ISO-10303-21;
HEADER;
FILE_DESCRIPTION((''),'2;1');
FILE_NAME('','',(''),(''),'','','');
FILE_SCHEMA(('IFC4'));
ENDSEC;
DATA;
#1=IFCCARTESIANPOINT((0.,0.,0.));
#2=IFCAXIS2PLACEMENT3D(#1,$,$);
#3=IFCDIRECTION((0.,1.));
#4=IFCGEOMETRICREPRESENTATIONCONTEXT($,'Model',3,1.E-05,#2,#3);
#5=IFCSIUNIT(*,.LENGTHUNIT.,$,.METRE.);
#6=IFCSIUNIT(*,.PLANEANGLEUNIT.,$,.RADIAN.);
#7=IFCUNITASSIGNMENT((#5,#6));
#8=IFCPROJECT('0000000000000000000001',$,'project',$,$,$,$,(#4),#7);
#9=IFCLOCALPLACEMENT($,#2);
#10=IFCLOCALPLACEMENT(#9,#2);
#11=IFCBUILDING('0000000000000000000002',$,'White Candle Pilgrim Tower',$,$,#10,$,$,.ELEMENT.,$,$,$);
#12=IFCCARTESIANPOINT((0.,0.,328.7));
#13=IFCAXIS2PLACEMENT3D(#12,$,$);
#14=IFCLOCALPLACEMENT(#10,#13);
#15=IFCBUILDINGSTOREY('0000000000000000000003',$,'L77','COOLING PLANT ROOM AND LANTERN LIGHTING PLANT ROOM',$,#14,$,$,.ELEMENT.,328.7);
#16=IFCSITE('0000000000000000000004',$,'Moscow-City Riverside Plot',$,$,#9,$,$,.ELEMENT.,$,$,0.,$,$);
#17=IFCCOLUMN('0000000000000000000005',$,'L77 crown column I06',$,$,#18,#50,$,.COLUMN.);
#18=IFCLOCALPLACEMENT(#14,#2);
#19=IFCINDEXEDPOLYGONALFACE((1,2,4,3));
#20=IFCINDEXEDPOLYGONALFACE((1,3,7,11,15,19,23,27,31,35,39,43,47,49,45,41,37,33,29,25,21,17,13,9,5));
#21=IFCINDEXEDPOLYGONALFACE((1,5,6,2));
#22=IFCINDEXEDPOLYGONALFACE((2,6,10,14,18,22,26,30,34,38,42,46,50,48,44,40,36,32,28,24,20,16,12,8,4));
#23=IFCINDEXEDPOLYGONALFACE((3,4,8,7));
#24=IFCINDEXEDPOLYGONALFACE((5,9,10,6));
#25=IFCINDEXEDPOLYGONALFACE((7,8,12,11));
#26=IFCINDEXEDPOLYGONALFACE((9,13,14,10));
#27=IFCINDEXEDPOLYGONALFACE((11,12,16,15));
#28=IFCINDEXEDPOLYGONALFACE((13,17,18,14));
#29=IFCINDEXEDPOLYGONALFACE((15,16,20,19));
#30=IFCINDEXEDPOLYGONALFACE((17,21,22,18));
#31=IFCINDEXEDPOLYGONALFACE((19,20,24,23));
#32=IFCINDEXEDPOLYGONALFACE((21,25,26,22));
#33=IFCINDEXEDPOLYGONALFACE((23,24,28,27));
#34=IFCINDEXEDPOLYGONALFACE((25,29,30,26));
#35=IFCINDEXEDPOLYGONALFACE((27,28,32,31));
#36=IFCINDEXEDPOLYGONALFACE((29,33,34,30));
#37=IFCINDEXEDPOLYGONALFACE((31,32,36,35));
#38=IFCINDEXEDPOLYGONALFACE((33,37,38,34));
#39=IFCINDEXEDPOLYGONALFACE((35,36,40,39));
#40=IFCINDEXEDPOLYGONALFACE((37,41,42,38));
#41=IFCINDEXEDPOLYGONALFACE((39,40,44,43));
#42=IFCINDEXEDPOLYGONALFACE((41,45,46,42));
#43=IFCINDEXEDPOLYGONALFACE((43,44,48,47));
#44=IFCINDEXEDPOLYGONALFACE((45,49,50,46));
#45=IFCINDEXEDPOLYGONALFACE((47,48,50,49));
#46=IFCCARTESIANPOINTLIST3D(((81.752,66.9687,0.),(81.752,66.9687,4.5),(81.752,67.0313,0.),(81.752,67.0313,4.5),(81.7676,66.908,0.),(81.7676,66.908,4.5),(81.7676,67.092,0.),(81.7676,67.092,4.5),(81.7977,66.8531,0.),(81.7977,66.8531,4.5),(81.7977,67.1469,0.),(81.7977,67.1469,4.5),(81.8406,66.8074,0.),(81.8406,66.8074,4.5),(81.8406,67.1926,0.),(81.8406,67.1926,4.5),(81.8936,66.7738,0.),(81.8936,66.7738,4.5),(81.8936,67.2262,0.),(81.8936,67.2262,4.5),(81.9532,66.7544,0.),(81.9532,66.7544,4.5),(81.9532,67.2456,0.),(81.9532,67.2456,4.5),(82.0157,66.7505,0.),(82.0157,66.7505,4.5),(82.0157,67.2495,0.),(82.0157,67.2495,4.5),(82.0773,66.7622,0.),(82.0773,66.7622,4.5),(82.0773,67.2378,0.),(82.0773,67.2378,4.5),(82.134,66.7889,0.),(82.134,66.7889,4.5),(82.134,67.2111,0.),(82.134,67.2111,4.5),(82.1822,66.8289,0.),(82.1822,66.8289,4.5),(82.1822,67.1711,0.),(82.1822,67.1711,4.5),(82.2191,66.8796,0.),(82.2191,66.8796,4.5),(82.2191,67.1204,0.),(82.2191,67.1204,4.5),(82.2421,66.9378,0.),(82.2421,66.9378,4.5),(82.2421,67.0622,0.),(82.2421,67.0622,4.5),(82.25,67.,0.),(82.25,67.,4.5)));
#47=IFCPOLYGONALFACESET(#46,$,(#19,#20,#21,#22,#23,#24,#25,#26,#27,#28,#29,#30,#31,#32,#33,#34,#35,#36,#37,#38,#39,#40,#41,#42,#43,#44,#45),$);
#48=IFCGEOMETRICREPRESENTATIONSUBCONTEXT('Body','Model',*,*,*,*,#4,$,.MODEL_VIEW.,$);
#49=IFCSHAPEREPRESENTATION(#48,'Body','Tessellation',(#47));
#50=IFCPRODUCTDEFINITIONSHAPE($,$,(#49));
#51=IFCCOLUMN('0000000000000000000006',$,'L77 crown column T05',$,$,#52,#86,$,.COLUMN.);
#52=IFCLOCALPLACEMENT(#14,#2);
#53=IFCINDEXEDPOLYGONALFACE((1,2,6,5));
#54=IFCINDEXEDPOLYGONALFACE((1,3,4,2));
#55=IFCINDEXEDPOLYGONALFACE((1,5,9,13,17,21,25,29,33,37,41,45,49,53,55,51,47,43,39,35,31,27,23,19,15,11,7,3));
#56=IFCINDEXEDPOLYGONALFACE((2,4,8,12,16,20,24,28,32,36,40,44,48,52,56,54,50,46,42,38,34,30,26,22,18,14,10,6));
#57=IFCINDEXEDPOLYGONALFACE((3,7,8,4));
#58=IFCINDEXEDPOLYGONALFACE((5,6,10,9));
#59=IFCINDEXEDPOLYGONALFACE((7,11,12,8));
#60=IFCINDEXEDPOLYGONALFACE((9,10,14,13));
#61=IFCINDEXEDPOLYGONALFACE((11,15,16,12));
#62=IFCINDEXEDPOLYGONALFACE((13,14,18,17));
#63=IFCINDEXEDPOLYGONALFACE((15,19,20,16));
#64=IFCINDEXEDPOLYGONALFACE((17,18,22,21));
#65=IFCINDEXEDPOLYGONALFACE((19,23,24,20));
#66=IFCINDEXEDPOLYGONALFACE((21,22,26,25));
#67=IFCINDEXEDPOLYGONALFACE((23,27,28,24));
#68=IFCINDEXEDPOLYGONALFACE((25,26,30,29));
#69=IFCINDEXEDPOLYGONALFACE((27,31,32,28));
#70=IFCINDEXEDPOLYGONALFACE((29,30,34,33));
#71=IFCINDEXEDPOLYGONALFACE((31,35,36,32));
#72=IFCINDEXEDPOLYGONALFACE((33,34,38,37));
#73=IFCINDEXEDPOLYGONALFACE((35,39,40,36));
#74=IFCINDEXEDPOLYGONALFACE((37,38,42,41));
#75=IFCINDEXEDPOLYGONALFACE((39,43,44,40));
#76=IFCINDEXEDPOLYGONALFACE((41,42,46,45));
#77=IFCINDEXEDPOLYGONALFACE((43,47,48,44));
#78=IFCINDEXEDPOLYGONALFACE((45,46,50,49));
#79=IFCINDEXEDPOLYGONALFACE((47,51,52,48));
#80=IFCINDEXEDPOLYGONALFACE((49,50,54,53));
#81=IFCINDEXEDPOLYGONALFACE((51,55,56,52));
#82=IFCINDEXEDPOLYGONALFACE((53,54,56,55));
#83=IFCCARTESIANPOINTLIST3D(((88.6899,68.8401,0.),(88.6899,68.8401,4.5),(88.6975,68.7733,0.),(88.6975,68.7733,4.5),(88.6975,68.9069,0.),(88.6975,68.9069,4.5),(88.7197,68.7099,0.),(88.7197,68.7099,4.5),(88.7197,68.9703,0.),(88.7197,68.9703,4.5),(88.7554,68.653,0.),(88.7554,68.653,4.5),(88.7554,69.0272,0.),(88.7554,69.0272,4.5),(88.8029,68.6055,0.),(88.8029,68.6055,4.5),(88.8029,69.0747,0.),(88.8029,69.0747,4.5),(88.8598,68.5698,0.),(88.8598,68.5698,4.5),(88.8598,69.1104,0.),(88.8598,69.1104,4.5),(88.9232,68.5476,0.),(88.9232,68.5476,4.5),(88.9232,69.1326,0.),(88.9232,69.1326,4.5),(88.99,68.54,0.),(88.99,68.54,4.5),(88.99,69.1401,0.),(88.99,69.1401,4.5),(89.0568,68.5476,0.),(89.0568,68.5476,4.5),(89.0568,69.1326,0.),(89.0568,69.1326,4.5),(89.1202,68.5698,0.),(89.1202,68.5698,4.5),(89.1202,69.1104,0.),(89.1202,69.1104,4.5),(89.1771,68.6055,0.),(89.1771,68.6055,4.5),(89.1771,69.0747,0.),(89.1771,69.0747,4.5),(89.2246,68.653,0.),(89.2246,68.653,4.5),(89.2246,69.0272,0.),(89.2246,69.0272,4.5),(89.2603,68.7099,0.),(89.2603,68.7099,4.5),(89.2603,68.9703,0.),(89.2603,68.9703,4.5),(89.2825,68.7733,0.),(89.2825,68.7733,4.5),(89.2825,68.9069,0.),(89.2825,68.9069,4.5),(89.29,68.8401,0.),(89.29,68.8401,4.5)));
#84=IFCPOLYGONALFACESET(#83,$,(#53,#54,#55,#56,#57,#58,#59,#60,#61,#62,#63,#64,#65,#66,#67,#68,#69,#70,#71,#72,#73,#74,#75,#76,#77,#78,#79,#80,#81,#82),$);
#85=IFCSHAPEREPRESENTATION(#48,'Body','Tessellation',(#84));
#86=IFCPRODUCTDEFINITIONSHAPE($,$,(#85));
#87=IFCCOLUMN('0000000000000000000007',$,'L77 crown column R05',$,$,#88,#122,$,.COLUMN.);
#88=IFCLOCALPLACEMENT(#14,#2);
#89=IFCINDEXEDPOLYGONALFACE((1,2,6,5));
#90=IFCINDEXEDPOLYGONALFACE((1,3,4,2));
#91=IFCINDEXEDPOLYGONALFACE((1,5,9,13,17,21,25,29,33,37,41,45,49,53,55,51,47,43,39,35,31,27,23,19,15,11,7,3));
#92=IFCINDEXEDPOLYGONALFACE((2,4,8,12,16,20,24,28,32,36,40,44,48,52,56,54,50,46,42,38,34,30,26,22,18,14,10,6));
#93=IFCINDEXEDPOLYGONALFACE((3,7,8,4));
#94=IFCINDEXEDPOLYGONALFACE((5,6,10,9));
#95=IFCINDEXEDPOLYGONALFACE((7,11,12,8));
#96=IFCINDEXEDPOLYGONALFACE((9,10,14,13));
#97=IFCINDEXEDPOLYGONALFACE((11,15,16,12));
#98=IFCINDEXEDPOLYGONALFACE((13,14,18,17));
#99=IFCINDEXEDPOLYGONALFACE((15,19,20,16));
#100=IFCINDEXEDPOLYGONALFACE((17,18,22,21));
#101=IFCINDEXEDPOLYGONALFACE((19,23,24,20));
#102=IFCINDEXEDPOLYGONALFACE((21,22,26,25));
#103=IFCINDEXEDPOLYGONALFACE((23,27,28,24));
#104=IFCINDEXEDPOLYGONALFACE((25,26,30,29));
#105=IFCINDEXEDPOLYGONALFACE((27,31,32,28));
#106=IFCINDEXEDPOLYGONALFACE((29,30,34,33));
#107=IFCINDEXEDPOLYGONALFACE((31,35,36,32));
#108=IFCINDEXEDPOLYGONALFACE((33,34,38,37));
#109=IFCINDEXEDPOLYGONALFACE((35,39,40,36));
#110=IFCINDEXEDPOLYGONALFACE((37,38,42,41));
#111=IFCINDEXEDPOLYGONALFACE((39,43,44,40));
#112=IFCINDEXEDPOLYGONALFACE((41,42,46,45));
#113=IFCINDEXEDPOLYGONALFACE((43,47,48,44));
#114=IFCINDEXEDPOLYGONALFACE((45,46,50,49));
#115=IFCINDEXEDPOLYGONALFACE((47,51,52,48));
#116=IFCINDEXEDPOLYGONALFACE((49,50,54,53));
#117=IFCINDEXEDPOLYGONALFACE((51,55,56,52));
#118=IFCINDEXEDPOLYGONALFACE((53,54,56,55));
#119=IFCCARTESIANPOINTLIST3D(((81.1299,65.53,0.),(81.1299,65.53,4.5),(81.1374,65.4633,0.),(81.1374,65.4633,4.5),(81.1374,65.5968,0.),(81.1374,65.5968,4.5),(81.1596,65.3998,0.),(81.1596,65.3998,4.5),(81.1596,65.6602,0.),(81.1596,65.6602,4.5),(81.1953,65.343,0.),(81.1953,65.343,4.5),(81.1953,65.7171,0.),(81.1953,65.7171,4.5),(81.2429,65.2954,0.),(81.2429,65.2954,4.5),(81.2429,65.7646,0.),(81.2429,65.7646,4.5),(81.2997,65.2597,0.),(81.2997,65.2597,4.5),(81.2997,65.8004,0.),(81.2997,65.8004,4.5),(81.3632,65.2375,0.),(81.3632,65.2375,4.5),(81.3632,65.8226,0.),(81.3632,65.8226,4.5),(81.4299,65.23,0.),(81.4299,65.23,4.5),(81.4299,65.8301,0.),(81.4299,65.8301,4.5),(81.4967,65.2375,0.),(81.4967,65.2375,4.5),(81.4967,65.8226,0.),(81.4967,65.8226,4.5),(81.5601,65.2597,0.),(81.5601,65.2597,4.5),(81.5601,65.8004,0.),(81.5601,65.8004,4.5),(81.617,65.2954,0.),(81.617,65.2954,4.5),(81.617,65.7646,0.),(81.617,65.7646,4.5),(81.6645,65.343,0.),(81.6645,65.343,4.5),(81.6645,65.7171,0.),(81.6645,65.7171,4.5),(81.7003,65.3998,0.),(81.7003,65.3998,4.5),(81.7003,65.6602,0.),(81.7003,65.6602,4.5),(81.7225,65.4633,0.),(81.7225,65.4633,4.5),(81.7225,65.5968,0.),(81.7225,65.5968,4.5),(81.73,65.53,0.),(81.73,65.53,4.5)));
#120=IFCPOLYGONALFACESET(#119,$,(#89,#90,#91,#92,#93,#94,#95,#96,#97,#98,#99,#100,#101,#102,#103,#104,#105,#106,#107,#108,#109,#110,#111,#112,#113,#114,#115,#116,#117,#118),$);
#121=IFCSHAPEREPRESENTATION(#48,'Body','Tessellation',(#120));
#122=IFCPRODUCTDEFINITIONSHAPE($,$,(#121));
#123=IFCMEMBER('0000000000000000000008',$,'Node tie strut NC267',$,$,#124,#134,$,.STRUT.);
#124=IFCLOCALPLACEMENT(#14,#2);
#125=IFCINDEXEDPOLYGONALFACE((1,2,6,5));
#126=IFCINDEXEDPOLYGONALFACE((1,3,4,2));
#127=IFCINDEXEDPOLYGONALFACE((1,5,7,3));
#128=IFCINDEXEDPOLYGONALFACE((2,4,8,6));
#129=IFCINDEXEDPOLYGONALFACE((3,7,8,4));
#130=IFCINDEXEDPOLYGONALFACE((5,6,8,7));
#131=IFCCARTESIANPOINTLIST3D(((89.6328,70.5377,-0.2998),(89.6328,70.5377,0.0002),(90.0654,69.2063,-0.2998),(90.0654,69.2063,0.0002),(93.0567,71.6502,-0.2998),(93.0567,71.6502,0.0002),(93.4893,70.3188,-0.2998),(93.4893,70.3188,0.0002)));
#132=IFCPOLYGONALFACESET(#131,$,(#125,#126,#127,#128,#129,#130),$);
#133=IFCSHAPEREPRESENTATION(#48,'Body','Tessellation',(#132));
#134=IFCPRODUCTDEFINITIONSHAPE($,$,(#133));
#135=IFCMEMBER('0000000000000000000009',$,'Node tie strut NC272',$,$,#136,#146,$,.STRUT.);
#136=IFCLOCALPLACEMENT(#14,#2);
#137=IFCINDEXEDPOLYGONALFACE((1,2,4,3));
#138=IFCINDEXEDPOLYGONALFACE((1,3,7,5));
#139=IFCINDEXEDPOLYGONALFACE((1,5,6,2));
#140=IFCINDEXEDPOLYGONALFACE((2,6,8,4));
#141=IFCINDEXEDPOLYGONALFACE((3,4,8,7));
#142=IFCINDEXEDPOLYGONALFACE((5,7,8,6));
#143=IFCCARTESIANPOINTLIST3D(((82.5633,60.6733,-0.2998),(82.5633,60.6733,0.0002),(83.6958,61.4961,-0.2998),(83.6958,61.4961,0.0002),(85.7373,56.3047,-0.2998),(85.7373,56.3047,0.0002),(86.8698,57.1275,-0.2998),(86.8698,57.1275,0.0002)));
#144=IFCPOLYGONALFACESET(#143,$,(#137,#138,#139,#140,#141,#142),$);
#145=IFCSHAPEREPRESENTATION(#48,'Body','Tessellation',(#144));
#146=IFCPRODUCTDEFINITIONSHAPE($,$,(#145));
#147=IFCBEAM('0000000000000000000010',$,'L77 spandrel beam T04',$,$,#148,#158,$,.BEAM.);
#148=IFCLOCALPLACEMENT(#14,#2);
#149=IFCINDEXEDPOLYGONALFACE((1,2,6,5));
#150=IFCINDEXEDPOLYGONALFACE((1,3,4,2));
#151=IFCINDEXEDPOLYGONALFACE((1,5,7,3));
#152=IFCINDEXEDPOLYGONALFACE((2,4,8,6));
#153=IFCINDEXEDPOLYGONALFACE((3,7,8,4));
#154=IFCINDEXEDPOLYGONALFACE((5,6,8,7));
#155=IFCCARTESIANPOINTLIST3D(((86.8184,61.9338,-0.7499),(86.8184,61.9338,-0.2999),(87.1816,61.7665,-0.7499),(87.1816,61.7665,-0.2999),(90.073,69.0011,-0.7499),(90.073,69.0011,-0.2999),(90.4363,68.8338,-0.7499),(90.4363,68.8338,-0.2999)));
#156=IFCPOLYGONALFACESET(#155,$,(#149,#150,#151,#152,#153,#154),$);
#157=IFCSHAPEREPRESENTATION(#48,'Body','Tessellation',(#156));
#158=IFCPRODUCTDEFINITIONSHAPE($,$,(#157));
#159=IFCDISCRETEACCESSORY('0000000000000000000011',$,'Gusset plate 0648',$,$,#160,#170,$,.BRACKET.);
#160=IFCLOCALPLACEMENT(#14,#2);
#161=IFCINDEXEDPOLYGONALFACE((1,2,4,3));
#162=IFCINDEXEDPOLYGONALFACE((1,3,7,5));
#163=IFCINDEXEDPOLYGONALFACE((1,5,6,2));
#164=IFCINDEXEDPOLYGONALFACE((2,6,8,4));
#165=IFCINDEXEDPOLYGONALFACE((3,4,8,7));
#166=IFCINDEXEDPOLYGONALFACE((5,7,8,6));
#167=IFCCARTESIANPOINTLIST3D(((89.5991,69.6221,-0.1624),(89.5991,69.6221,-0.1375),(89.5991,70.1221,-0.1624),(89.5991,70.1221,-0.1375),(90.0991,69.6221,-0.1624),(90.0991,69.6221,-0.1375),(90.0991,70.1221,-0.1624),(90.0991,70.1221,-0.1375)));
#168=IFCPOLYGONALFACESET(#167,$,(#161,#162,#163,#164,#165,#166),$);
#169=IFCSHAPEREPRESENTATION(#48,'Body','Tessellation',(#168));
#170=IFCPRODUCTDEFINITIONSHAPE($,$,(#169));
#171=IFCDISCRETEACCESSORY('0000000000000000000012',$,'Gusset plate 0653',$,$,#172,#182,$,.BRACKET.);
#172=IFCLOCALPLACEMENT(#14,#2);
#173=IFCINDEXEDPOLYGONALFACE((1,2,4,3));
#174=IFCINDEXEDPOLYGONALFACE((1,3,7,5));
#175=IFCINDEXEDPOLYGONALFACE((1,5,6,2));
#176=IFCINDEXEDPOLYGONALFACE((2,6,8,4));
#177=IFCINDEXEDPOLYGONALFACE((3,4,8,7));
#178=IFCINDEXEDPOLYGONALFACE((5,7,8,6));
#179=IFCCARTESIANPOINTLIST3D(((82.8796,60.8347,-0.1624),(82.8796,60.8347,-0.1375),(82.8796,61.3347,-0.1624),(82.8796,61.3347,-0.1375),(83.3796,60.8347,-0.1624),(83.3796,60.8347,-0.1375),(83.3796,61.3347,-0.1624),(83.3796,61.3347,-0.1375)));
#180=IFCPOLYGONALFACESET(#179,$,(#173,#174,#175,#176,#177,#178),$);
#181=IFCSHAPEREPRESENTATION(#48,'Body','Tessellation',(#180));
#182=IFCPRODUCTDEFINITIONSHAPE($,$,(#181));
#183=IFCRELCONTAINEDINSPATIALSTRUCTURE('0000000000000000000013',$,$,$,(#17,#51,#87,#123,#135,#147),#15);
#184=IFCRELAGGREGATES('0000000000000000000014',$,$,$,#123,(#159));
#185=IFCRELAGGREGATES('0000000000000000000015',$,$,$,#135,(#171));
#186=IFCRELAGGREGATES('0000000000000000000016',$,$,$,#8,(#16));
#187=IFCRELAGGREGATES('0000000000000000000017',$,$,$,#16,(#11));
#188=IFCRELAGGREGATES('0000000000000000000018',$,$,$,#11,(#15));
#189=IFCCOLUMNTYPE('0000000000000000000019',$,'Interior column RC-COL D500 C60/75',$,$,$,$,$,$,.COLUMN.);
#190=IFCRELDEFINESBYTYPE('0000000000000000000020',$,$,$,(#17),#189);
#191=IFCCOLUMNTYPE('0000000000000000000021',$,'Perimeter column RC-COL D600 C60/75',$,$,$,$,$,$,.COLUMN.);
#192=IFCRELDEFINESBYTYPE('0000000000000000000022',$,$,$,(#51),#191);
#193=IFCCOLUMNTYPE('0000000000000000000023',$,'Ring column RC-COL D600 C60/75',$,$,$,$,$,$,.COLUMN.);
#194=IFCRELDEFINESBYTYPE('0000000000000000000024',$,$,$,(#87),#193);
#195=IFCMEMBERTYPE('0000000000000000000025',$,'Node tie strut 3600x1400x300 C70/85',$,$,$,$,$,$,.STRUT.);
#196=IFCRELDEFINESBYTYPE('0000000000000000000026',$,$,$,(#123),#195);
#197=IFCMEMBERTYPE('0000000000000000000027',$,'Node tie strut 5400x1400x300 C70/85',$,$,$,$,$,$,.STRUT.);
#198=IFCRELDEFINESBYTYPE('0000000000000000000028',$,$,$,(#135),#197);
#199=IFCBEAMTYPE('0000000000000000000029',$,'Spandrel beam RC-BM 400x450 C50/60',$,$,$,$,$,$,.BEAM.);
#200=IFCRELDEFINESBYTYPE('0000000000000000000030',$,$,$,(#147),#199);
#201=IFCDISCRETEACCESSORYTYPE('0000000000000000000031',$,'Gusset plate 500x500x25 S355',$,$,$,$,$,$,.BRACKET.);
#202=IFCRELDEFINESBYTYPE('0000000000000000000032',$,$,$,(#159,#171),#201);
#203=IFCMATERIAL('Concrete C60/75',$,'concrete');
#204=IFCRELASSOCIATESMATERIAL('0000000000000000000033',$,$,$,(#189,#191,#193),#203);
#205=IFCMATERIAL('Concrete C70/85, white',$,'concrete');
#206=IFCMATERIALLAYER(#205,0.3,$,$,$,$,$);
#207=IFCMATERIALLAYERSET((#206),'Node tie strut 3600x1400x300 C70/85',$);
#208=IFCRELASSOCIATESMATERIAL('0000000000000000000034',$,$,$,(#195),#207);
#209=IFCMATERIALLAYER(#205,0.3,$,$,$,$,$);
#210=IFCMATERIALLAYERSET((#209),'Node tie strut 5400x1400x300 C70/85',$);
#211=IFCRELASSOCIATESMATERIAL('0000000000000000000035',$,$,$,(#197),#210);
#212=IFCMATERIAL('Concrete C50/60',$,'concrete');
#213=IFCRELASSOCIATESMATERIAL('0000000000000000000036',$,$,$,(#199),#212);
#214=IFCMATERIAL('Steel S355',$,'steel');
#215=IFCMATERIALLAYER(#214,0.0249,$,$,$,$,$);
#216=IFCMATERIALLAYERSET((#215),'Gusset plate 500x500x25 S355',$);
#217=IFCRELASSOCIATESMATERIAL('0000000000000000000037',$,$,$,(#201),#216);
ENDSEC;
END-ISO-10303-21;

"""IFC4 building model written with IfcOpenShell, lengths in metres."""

from ifc_helpers import new_model, si_unit, direction, frame, origin, origin_2d, place, context, subcontext, project, spatial, rectangle, circle, extrude, material, layer, layer_set, material_profile, profile_set, type_object, element, aggregate, save


model = new_model("IFC4")

# Units and contexts
model_context = context("Model", 3, precision=1e-05, world=origin(), true_north=direction((0.0, 1.0)))
body_context = subcontext(model_context, "Body", "Model", "MODEL_VIEW")
ifc_project = project(units=[si_unit("LENGTHUNIT", "METRE"), si_unit("PLANEANGLEUNIT", "RADIAN")], contexts=[model_context])

# Site, building, storey
site_placement = place(None, origin())
site = spatial("IfcSite", under=ifc_project, at=site_placement, Name="Moscow-City Riverside Plot", CompositionType="ELEMENT", RefElevation=0.0)
building_placement = place(site_placement, origin())
building = spatial("IfcBuilding", under=site, at=building_placement, Name="White Candle Pilgrim Tower", CompositionType="ELEMENT")
storey_placement = place(building_placement, frame((0.0, 0.0, 328.7)))
storey = spatial("IfcBuildingStorey", under=building, at=storey_placement, Name="L77", Description="COOLING PLANT ROOM AND LANTERN LIGHTING PLANT ROOM", CompositionType="ELEMENT", Elevation=328.7)

# Columns
ifc_material_1 = material(Name="Concrete C60/75", Category="concrete")
ifc_material_profile_1 = material_profile(ifc_material_1, circle(Radius=0.25, at=origin_2d()), Name="RC-COL D500")
ifc_profile_set_1 = profile_set([ifc_material_profile_1], Name="Concrete C60/75")
column_type_1 = type_object("IfcColumnType", Name="Interior column RC-COL D500 C60/75", PredefinedType="COLUMN", material=ifc_profile_set_1)
column_1_placement = place(storey_placement, frame((82.0, 67.0, 0.0), z_axis=(0.0, 0.0, 1.0), x_axis=(1.0, 0.0, 0.0)))
element("IfcColumn", 1, at=column_1_placement, inside=storey, type_object=column_type_1, Name="L77 crown column I06", PredefinedType="COLUMN", context=body_context, shape_type="SweptSolid", body=[
    extrude(circle(Radius=0.25, at=origin_2d()), origin(), (0.0, 0.0, 1.0), 4.5),
])
ifc_material_profile_2 = material_profile(ifc_material_1, circle(Radius=0.3, at=origin_2d()), Name="RC-COL D600")
ifc_profile_set_2 = profile_set([ifc_material_profile_2], Name="Concrete C60/75")
column_type_2 = type_object("IfcColumnType", Name="Perimeter column RC-COL D600 C60/75", PredefinedType="COLUMN", material=ifc_profile_set_2)
column_2_placement = place(storey_placement, frame((88.99, 68.8401, 0.0), z_axis=(0.0, 0.0, 1.0), x_axis=(1.0, 0.0, 0.0)))
element("IfcColumn", 2, at=column_2_placement, inside=storey, type_object=column_type_2, Name="L77 crown column T05", PredefinedType="COLUMN", context=body_context, shape_type="SweptSolid", body=[
    extrude(circle(Radius=0.3, at=origin_2d()), origin(), (0.0, 0.0, 1.0), 4.5),
])
ifc_material_profile_3 = material_profile(ifc_material_1, circle(Radius=0.3, at=origin_2d()), Name="RC-COL D600")
ifc_profile_set_3 = profile_set([ifc_material_profile_3], Name="Concrete C60/75")
column_type_3 = type_object("IfcColumnType", Name="Ring column RC-COL D600 C60/75", PredefinedType="COLUMN", material=ifc_profile_set_3)
column_3_placement = place(storey_placement, frame((81.4299, 65.53, 0.0), z_axis=(0.0, 0.0, 1.0), x_axis=(1.0, 0.0, 0.0)))
element("IfcColumn", 3, at=column_3_placement, inside=storey, type_object=column_type_3, Name="L77 crown column R05", PredefinedType="COLUMN", context=body_context, shape_type="SweptSolid", body=[
    extrude(circle(Radius=0.3, at=origin_2d()), origin(), (0.0, 0.0, 1.0), 4.5),
])

# Members
ifc_material_2 = material(Name="Concrete C70/85, white", Category="concrete")
ifc_layer_1 = layer(ifc_material_2, 0.3)
ifc_layer_set_1 = layer_set([ifc_layer_1], Name="Node tie strut 3600x1400x300 C70/85")
member_type_1 = type_object("IfcMemberType", Name="Node tie strut 3600x1400x300 C70/85", PredefinedType="STRUT", material=ifc_layer_set_1)
member_1_placement = place(storey_placement, frame((91.561, 70.4282, -0.2998), z_axis=(0.0, 0.0, 1.0), x_axis=(-0.309017, 0.951057, 0.0)))
member_1 = element("IfcMember", 4, at=member_1_placement, inside=storey, type_object=member_type_1, Name="Node tie strut NC267", PredefinedType="STRUT", context=body_context, shape_type="SweptSolid", body=[
    extrude(rectangle(XDim=1.3999, YDim=3.6001, at=origin_2d()), origin(), (0.0, 0.0, 1.0), 0.3),
])
ifc_layer_2 = layer(ifc_material_2, 0.3)
ifc_layer_set_2 = layer_set([ifc_layer_2], Name="Node tie strut 5400x1400x300 C70/85")
member_type_2 = type_object("IfcMemberType", Name="Node tie strut 5400x1400x300 C70/85", PredefinedType="STRUT", material=ifc_layer_set_2)
member_2_placement = place(storey_placement, frame((84.7166, 58.9004, -0.2998), z_axis=(0.0, 0.0, 1.0), x_axis=(0.809017, 0.587785, 0.0)))
member_2 = element("IfcMember", 5, at=member_2_placement, inside=storey, type_object=member_type_2, Name="Node tie strut NC272", PredefinedType="STRUT", context=body_context, shape_type="SweptSolid", body=[
    extrude(rectangle(XDim=1.3999, YDim=5.3999, at=origin_2d()), origin(), (0.0, 0.0, 1.0), 0.3),
])

# Beam
ifc_material_3 = material(Name="Concrete C50/60", Category="concrete")
ifc_material_profile_4 = material_profile(ifc_material_3, rectangle(XDim=0.3999, YDim=0.45, at=origin_2d()), Name="RC-BM 400x450")
ifc_profile_set_4 = profile_set([ifc_material_profile_4], Name="Concrete C50/60")
beam_type_1 = type_object("IfcBeamType", Name="Spandrel beam RC-BM 400x450 C50/60", PredefinedType="BEAM", material=ifc_profile_set_4)
beam_1_placement = place(storey_placement, frame((90.2546, 68.9175, -0.5249), z_axis=(-0.418292, -0.908313, 0.0), x_axis=(0.908313, -0.418292, 0.0)))
element("IfcBeam", 6, at=beam_1_placement, inside=storey, type_object=beam_type_1, Name="L77 spandrel beam T04", PredefinedType="BEAM", context=body_context, shape_type="SweptSolid", body=[
    extrude(rectangle(XDim=0.3999, YDim=0.45, at=origin_2d()), origin(), (0.0, 0.0, 1.0), 7.7808),
])

# Discrete accessories
ifc_material_4 = material(Name="Steel S355", Category="steel")
ifc_layer_3 = layer(ifc_material_4, 0.0249)
ifc_layer_set_3 = layer_set([ifc_layer_3], Name="Gusset plate 500x500x25 S355")
discrete_accessory_type = type_object("IfcDiscreteAccessoryType", Name="Gusset plate 500x500x25 S355", PredefinedType="BRACKET", material=ifc_layer_set_3)
discrete_accessory_1_placement = place(storey_placement, frame((89.8491, 69.8721, -0.1624), z_axis=(0.0, 0.0, 1.0), x_axis=(1.0, 0.0, 0.0)))
discrete_accessory_1 = element("IfcDiscreteAccessory", 7, at=discrete_accessory_1_placement, type_object=discrete_accessory_type, Name="Gusset plate 0648", PredefinedType="BRACKET", context=body_context, shape_type="SweptSolid", body=[
    extrude(rectangle(XDim=0.5, YDim=0.5, at=origin_2d()), origin(), (0.0, 0.0, 1.0), 0.0249),
])
aggregate(member_1, [discrete_accessory_1])
discrete_accessory_2_placement = place(storey_placement, frame((83.1296, 61.0847, -0.1624), z_axis=(0.0, 0.0, 1.0), x_axis=(1.0, 0.0, 0.0)))
discrete_accessory_2 = element("IfcDiscreteAccessory", 8, at=discrete_accessory_2_placement, type_object=discrete_accessory_type, Name="Gusset plate 0653", PredefinedType="BRACKET", context=body_context, shape_type="SweptSolid", body=[
    extrude(rectangle(XDim=0.5, YDim=0.5, at=origin_2d()), origin(), (0.0, 0.0, 1.0), 0.0249),
])
aggregate(member_2, [discrete_accessory_2])

save(model, "model.ifc")
